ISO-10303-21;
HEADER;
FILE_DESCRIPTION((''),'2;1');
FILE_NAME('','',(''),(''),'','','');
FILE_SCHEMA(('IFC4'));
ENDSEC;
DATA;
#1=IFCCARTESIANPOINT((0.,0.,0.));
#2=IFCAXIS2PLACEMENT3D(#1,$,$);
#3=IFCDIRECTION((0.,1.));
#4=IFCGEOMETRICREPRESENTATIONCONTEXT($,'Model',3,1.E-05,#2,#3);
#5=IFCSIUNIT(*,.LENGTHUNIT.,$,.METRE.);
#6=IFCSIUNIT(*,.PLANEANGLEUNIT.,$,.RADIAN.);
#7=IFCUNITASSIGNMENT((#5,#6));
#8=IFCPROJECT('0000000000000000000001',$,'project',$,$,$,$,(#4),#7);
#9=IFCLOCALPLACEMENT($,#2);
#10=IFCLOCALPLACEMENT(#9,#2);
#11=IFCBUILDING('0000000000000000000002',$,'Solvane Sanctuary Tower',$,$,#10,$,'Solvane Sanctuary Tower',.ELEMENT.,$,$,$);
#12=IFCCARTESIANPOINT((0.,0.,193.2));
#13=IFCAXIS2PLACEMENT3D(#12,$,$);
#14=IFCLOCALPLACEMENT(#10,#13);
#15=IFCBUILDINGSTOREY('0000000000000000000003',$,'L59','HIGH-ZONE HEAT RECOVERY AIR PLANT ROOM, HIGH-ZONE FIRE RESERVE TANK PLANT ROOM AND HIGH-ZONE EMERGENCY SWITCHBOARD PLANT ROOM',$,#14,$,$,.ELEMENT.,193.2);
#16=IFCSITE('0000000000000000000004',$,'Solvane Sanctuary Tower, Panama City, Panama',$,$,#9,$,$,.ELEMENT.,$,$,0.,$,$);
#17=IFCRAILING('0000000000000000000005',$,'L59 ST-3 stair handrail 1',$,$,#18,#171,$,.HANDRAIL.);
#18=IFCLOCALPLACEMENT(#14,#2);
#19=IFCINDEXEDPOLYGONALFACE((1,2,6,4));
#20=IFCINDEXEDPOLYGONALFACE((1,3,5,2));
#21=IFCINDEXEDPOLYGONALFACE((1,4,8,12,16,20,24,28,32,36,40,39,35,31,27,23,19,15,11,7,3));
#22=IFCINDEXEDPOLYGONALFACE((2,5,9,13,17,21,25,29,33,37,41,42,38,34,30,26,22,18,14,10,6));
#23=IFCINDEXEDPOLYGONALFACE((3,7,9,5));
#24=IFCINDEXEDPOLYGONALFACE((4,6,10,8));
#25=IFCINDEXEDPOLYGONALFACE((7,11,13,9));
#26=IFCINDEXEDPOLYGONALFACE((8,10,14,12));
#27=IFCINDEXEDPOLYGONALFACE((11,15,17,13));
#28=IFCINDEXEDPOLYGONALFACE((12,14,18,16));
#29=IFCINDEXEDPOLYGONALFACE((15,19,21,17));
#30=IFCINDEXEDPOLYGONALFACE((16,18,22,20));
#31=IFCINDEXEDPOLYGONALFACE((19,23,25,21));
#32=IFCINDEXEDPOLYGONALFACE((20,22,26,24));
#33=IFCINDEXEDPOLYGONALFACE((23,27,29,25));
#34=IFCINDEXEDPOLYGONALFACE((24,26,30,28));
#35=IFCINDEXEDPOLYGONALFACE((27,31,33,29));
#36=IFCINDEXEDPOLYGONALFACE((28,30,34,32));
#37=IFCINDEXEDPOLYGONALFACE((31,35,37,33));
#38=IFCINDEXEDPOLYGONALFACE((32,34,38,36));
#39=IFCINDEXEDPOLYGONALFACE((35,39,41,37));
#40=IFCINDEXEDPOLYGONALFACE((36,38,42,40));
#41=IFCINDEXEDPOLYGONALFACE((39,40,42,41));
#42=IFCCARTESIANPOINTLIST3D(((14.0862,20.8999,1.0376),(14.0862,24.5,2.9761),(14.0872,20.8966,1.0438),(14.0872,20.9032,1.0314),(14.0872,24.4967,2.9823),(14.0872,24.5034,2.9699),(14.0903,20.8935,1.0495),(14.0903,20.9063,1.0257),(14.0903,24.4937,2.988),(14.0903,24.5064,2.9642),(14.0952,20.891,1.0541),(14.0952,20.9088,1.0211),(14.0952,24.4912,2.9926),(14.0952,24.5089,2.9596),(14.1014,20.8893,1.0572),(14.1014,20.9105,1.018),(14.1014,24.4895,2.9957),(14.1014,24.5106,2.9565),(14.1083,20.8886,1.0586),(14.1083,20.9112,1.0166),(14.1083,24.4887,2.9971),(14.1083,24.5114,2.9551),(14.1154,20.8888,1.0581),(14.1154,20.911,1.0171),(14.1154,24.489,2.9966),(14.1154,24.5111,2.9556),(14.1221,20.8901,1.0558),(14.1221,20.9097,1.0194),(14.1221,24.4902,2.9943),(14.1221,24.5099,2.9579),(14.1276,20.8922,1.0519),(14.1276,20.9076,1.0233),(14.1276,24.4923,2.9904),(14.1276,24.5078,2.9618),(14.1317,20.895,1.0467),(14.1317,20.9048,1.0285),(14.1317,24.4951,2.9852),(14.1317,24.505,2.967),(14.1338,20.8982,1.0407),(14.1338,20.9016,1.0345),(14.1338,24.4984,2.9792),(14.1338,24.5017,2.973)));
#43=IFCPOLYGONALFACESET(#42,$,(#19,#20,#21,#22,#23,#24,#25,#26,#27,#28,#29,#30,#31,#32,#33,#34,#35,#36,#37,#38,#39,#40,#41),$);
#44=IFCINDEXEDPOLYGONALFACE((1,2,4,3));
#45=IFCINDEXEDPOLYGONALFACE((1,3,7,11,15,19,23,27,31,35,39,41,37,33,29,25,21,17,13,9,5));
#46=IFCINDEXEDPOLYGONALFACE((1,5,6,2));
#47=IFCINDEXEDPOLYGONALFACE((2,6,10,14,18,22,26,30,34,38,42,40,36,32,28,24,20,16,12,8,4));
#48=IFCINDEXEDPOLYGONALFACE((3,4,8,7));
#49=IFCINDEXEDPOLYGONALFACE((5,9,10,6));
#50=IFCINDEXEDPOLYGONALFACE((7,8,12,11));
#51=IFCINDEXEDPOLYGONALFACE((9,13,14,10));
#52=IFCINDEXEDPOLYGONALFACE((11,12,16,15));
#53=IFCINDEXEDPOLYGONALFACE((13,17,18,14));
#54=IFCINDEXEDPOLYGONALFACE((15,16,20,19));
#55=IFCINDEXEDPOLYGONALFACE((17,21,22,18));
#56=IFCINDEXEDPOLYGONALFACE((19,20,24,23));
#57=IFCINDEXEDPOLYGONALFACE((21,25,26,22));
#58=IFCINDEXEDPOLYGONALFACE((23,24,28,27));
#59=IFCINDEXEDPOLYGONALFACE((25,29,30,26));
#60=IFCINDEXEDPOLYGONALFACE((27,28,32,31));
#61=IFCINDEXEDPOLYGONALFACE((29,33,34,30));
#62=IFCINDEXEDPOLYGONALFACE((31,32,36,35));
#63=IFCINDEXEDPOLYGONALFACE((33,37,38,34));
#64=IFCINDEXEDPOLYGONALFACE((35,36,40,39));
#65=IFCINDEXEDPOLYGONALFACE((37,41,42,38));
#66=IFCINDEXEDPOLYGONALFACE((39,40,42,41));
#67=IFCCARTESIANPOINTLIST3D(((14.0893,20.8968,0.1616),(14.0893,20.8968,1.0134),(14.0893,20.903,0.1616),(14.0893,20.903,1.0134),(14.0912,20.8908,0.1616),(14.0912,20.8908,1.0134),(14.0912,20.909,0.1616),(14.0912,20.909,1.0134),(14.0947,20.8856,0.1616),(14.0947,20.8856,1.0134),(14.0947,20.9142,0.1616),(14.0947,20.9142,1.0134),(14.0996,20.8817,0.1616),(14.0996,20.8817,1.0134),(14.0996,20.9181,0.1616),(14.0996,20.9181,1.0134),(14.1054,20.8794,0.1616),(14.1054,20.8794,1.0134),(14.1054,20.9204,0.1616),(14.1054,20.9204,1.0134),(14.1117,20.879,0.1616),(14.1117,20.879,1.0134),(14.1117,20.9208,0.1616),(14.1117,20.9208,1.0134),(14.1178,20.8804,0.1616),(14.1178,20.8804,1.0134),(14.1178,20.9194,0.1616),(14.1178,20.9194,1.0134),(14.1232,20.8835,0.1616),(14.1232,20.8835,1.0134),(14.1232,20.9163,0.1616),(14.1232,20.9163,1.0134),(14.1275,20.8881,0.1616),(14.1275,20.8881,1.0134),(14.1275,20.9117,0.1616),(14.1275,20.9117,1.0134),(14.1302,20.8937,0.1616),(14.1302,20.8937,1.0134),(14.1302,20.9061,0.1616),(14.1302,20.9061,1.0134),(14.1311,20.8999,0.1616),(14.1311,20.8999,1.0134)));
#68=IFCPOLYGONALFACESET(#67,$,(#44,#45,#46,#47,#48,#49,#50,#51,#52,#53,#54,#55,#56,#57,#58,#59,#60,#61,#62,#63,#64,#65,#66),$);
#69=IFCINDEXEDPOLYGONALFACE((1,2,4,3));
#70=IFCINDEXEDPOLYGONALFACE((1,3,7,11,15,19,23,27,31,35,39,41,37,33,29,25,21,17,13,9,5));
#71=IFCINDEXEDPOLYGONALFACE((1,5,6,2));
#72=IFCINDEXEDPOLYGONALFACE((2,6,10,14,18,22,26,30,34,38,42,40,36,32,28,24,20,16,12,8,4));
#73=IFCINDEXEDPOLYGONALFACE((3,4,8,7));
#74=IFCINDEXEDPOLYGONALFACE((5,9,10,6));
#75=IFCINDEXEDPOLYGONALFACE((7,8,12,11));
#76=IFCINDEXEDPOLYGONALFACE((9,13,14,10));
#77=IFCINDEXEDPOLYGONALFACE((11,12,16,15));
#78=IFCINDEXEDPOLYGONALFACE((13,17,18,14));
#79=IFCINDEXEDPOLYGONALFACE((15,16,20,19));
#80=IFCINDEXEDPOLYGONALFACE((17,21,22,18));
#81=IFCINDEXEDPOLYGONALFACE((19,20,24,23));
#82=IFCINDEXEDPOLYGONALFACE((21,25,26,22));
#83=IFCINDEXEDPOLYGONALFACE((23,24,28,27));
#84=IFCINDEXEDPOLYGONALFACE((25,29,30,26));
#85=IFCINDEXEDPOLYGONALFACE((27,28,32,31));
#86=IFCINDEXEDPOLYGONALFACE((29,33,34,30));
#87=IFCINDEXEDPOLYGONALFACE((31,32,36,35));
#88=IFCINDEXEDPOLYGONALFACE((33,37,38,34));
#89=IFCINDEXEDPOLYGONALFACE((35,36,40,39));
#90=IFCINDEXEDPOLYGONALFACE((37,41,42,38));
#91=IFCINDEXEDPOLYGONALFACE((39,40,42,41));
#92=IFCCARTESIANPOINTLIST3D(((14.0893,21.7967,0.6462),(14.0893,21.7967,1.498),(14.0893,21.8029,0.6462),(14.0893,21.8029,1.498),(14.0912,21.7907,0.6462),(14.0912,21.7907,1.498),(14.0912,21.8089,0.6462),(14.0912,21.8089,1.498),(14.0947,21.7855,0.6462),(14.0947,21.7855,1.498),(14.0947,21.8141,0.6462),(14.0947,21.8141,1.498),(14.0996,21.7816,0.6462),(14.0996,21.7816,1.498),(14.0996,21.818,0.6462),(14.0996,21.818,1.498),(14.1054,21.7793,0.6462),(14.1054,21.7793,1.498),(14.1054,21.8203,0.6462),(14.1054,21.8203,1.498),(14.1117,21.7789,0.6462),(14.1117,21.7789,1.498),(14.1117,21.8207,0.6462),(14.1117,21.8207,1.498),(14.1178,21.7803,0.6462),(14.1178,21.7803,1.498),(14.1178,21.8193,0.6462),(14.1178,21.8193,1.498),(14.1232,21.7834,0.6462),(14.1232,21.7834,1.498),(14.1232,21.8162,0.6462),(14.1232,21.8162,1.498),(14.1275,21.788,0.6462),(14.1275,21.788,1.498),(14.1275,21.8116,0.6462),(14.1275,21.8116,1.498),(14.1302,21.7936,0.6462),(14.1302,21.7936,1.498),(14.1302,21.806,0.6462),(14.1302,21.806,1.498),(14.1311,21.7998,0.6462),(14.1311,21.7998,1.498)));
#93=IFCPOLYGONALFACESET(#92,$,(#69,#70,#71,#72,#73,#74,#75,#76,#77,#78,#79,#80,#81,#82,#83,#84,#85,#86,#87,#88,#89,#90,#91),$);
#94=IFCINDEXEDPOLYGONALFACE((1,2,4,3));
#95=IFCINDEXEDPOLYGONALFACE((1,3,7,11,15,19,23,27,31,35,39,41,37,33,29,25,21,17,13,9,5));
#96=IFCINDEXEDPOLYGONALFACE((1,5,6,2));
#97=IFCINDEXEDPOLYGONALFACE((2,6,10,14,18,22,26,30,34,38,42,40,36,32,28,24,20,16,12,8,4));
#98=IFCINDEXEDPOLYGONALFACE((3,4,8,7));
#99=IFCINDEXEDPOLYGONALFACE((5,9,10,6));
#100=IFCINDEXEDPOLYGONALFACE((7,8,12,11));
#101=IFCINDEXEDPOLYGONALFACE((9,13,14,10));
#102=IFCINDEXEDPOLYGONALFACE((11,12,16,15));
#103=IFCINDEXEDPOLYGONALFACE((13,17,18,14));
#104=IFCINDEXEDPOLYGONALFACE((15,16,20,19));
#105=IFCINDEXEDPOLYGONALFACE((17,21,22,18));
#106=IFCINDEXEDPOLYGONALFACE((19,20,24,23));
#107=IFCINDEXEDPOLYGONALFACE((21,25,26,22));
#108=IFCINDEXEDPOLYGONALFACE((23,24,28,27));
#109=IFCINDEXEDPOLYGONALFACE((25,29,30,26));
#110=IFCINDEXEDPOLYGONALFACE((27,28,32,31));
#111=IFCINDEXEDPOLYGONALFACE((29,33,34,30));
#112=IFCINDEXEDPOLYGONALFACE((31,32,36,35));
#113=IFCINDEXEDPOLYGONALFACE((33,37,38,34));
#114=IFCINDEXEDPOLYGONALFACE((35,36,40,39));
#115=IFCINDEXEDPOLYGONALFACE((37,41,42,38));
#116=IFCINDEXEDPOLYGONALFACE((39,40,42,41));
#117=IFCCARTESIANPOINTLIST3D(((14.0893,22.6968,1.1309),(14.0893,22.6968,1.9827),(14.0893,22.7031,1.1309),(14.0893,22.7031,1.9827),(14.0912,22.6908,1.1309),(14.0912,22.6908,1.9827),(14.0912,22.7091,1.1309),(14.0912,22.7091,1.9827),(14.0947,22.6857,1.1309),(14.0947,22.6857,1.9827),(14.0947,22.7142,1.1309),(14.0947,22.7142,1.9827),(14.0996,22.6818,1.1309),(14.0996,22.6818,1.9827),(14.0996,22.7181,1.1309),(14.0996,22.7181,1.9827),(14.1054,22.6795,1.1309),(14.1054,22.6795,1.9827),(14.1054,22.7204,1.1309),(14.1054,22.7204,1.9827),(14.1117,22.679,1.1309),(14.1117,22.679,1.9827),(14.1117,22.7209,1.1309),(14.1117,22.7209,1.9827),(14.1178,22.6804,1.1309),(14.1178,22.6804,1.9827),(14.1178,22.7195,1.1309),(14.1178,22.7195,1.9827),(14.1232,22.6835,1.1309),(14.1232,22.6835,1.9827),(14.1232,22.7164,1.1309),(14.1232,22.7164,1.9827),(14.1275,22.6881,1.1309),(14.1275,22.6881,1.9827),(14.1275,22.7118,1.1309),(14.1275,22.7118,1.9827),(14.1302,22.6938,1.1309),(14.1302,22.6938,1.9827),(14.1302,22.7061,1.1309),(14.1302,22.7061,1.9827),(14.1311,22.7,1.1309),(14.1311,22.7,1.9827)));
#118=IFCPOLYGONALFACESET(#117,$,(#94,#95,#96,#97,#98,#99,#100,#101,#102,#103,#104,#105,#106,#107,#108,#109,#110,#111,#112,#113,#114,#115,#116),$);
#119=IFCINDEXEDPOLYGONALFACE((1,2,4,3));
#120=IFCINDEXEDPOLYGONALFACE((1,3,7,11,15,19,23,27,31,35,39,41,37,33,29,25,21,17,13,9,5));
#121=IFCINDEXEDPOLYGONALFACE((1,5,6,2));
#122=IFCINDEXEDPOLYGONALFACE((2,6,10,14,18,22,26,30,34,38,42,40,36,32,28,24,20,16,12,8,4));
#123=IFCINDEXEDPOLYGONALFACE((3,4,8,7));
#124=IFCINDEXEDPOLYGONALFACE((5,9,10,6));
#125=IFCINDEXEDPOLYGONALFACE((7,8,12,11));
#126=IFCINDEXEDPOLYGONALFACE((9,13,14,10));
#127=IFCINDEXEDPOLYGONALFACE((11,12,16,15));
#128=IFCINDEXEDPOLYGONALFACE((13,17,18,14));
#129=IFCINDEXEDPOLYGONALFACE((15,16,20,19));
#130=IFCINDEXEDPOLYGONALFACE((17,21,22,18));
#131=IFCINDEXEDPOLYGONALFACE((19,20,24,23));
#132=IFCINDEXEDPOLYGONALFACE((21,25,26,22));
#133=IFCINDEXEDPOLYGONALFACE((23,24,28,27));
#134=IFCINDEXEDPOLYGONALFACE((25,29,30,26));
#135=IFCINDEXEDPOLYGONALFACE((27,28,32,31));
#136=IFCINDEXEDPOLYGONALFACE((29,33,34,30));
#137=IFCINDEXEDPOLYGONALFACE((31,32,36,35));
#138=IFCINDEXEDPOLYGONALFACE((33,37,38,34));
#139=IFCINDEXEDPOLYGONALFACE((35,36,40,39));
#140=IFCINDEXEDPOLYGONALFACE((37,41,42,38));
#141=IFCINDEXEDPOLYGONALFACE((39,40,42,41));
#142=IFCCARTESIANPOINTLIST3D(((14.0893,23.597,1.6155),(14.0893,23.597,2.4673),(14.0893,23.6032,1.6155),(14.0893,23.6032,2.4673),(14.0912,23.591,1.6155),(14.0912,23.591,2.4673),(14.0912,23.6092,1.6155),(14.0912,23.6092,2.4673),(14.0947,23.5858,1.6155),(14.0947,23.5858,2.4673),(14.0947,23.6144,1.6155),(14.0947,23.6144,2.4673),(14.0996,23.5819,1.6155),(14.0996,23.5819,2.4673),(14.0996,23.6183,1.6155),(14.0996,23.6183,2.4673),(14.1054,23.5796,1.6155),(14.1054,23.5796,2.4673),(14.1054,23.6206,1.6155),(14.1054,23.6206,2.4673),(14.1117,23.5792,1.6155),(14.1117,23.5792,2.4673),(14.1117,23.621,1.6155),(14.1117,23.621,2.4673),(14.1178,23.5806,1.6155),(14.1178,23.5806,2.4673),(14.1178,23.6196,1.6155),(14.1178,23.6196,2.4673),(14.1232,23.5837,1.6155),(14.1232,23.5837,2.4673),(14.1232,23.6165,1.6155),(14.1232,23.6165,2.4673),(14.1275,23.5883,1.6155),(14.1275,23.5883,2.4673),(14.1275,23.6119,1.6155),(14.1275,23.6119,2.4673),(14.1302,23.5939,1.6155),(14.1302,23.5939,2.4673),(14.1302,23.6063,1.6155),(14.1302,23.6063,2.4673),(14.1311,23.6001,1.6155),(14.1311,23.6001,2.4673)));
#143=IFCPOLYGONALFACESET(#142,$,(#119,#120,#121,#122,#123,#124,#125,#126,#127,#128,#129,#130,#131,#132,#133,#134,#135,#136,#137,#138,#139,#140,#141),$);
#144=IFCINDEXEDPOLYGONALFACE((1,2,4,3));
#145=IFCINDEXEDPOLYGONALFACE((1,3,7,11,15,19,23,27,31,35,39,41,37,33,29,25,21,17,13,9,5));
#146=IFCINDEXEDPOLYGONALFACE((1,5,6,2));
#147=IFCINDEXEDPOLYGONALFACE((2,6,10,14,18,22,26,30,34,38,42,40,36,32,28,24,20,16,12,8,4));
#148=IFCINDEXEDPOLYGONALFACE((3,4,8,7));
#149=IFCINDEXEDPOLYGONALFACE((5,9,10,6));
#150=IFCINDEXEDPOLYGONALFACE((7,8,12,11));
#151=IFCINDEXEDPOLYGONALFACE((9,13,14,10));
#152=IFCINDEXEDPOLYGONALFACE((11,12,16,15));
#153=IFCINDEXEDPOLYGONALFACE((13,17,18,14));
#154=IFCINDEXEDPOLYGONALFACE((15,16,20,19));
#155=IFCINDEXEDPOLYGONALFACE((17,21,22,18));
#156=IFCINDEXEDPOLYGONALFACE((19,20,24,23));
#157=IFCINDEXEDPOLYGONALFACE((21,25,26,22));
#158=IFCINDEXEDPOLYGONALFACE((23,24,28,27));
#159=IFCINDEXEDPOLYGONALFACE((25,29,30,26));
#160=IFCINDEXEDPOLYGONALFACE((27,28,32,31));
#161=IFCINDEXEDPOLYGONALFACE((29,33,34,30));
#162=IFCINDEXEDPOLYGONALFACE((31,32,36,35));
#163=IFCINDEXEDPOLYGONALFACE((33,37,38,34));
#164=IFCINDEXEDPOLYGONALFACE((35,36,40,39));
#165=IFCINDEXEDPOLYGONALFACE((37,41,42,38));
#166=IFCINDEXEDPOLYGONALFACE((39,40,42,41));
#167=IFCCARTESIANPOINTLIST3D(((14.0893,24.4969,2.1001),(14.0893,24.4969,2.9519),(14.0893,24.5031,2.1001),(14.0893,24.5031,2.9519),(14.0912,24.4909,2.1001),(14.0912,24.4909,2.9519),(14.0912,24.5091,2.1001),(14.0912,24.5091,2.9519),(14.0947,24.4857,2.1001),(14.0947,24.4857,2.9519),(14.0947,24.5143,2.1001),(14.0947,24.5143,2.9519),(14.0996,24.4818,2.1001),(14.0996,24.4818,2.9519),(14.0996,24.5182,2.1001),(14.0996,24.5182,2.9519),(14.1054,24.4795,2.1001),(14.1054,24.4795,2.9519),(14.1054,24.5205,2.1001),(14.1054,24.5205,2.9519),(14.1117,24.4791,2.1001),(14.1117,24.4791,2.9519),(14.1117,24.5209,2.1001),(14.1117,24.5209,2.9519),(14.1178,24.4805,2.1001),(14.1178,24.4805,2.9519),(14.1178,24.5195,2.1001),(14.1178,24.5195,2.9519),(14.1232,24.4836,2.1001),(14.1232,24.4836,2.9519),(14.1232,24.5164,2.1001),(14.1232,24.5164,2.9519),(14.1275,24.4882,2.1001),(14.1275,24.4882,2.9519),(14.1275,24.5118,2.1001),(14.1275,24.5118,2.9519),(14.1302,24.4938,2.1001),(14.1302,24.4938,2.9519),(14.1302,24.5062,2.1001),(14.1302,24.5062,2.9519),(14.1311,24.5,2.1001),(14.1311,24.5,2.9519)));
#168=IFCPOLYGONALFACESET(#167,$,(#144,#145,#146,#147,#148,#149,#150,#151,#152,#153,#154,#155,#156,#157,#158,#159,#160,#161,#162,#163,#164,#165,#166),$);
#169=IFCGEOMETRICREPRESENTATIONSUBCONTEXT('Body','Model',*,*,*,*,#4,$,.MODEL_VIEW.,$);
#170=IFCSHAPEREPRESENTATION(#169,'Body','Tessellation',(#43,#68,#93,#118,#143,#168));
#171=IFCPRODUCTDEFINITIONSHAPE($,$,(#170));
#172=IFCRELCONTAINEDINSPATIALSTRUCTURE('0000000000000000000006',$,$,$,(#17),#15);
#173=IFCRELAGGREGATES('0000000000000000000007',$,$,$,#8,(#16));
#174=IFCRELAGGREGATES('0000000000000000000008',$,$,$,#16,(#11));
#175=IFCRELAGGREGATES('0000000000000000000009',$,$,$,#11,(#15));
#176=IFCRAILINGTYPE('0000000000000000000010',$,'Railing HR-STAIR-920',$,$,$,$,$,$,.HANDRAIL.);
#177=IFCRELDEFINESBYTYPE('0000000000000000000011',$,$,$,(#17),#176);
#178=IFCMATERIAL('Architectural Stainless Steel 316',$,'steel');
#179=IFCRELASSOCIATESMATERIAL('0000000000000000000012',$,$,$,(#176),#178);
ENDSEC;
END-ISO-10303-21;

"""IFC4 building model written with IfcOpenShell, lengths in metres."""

from ifc_helpers import new_model, si_unit, direction, frame, origin, origin_2d, place, context, subcontext, project, spatial, circle, extrude, material, type_object, element, save


model = new_model("IFC4")

# Units and contexts
model_context = context("Model", 3, precision=1e-05, world=origin(), true_north=direction((0.0, 1.0)))
body_context = subcontext(model_context, "Body", "Model", "MODEL_VIEW")
ifc_project = project(units=[si_unit("LENGTHUNIT", "METRE"), si_unit("PLANEANGLEUNIT", "RADIAN")], contexts=[model_context])

# Site, building, storey
site_placement = place(None, origin())
site = spatial("IfcSite", under=ifc_project, at=site_placement, Name="Solvane Sanctuary Tower, Panama City, Panama", CompositionType="ELEMENT", RefElevation=0.0)
building_placement = place(site_placement, origin())
building = spatial("IfcBuilding", under=site, at=building_placement, Name="Solvane Sanctuary Tower", LongName="Solvane Sanctuary Tower", CompositionType="ELEMENT")
storey_placement = place(building_placement, frame((0.0, 0.0, 193.2)))
storey = spatial("IfcBuildingStorey", under=building, at=storey_placement, Name="L59", Description="HIGH-ZONE HEAT RECOVERY AIR PLANT ROOM, HIGH-ZONE FIRE RESERVE TANK PLANT ROOM AND HIGH-ZONE EMERGENCY SWITCHBOARD PLANT ROOM", CompositionType="ELEMENT", Elevation=193.2)

# Shared definitions
ifc_material_1 = material(Name="Architectural Stainless Steel 316", Category="steel")

# Railing
railing_type_1 = type_object("IfcRailingType", Name="Railing HR-STAIR-920", PredefinedType="HANDRAIL", material=ifc_material_1)
for number, where, name in (
    (1, (14.1101, 20.8999, 0.1616), "L59 ST-3 stair handrail 1"),
):
    element("IfcRailing", number, at=place(storey_placement, frame(where)), inside=storey, type_object=railing_type_1, Name=name, PredefinedType="HANDRAIL", context=body_context, shape_type="SweptSolid", body=[
        extrude(circle(Radius=0.0239, at=origin_2d()), frame((0.0, 0.0, 0.876), z_axis=(0.0, 0.880475, 0.474093), x_axis=(-1.0, 0.0, 0.0)), (0.0, 0.0, 1.0), 4.0889),
        extrude(circle(Radius=0.021, at=origin_2d()), origin(), (0.0, 0.0, 1.0), 0.8518),
        extrude(circle(Radius=0.021, at=origin_2d()), frame((0.0, 0.8999, 0.4846)), (0.0, 0.0, 1.0), 0.8518),
        extrude(circle(Radius=0.021, at=origin_2d()), frame((0.0, 1.8, 0.9692)), (0.0, 0.0, 1.0), 0.8518),
        extrude(circle(Radius=0.021, at=origin_2d()), frame((0.0, 2.7002, 1.4539)), (0.0, 0.0, 1.0), 0.8518),
        extrude(circle(Radius=0.021, at=origin_2d()), frame((0.0, 3.6001, 1.9385)), (0.0, 0.0, 1.0), 0.8518),
    ])

save(model, "model.ifc")
